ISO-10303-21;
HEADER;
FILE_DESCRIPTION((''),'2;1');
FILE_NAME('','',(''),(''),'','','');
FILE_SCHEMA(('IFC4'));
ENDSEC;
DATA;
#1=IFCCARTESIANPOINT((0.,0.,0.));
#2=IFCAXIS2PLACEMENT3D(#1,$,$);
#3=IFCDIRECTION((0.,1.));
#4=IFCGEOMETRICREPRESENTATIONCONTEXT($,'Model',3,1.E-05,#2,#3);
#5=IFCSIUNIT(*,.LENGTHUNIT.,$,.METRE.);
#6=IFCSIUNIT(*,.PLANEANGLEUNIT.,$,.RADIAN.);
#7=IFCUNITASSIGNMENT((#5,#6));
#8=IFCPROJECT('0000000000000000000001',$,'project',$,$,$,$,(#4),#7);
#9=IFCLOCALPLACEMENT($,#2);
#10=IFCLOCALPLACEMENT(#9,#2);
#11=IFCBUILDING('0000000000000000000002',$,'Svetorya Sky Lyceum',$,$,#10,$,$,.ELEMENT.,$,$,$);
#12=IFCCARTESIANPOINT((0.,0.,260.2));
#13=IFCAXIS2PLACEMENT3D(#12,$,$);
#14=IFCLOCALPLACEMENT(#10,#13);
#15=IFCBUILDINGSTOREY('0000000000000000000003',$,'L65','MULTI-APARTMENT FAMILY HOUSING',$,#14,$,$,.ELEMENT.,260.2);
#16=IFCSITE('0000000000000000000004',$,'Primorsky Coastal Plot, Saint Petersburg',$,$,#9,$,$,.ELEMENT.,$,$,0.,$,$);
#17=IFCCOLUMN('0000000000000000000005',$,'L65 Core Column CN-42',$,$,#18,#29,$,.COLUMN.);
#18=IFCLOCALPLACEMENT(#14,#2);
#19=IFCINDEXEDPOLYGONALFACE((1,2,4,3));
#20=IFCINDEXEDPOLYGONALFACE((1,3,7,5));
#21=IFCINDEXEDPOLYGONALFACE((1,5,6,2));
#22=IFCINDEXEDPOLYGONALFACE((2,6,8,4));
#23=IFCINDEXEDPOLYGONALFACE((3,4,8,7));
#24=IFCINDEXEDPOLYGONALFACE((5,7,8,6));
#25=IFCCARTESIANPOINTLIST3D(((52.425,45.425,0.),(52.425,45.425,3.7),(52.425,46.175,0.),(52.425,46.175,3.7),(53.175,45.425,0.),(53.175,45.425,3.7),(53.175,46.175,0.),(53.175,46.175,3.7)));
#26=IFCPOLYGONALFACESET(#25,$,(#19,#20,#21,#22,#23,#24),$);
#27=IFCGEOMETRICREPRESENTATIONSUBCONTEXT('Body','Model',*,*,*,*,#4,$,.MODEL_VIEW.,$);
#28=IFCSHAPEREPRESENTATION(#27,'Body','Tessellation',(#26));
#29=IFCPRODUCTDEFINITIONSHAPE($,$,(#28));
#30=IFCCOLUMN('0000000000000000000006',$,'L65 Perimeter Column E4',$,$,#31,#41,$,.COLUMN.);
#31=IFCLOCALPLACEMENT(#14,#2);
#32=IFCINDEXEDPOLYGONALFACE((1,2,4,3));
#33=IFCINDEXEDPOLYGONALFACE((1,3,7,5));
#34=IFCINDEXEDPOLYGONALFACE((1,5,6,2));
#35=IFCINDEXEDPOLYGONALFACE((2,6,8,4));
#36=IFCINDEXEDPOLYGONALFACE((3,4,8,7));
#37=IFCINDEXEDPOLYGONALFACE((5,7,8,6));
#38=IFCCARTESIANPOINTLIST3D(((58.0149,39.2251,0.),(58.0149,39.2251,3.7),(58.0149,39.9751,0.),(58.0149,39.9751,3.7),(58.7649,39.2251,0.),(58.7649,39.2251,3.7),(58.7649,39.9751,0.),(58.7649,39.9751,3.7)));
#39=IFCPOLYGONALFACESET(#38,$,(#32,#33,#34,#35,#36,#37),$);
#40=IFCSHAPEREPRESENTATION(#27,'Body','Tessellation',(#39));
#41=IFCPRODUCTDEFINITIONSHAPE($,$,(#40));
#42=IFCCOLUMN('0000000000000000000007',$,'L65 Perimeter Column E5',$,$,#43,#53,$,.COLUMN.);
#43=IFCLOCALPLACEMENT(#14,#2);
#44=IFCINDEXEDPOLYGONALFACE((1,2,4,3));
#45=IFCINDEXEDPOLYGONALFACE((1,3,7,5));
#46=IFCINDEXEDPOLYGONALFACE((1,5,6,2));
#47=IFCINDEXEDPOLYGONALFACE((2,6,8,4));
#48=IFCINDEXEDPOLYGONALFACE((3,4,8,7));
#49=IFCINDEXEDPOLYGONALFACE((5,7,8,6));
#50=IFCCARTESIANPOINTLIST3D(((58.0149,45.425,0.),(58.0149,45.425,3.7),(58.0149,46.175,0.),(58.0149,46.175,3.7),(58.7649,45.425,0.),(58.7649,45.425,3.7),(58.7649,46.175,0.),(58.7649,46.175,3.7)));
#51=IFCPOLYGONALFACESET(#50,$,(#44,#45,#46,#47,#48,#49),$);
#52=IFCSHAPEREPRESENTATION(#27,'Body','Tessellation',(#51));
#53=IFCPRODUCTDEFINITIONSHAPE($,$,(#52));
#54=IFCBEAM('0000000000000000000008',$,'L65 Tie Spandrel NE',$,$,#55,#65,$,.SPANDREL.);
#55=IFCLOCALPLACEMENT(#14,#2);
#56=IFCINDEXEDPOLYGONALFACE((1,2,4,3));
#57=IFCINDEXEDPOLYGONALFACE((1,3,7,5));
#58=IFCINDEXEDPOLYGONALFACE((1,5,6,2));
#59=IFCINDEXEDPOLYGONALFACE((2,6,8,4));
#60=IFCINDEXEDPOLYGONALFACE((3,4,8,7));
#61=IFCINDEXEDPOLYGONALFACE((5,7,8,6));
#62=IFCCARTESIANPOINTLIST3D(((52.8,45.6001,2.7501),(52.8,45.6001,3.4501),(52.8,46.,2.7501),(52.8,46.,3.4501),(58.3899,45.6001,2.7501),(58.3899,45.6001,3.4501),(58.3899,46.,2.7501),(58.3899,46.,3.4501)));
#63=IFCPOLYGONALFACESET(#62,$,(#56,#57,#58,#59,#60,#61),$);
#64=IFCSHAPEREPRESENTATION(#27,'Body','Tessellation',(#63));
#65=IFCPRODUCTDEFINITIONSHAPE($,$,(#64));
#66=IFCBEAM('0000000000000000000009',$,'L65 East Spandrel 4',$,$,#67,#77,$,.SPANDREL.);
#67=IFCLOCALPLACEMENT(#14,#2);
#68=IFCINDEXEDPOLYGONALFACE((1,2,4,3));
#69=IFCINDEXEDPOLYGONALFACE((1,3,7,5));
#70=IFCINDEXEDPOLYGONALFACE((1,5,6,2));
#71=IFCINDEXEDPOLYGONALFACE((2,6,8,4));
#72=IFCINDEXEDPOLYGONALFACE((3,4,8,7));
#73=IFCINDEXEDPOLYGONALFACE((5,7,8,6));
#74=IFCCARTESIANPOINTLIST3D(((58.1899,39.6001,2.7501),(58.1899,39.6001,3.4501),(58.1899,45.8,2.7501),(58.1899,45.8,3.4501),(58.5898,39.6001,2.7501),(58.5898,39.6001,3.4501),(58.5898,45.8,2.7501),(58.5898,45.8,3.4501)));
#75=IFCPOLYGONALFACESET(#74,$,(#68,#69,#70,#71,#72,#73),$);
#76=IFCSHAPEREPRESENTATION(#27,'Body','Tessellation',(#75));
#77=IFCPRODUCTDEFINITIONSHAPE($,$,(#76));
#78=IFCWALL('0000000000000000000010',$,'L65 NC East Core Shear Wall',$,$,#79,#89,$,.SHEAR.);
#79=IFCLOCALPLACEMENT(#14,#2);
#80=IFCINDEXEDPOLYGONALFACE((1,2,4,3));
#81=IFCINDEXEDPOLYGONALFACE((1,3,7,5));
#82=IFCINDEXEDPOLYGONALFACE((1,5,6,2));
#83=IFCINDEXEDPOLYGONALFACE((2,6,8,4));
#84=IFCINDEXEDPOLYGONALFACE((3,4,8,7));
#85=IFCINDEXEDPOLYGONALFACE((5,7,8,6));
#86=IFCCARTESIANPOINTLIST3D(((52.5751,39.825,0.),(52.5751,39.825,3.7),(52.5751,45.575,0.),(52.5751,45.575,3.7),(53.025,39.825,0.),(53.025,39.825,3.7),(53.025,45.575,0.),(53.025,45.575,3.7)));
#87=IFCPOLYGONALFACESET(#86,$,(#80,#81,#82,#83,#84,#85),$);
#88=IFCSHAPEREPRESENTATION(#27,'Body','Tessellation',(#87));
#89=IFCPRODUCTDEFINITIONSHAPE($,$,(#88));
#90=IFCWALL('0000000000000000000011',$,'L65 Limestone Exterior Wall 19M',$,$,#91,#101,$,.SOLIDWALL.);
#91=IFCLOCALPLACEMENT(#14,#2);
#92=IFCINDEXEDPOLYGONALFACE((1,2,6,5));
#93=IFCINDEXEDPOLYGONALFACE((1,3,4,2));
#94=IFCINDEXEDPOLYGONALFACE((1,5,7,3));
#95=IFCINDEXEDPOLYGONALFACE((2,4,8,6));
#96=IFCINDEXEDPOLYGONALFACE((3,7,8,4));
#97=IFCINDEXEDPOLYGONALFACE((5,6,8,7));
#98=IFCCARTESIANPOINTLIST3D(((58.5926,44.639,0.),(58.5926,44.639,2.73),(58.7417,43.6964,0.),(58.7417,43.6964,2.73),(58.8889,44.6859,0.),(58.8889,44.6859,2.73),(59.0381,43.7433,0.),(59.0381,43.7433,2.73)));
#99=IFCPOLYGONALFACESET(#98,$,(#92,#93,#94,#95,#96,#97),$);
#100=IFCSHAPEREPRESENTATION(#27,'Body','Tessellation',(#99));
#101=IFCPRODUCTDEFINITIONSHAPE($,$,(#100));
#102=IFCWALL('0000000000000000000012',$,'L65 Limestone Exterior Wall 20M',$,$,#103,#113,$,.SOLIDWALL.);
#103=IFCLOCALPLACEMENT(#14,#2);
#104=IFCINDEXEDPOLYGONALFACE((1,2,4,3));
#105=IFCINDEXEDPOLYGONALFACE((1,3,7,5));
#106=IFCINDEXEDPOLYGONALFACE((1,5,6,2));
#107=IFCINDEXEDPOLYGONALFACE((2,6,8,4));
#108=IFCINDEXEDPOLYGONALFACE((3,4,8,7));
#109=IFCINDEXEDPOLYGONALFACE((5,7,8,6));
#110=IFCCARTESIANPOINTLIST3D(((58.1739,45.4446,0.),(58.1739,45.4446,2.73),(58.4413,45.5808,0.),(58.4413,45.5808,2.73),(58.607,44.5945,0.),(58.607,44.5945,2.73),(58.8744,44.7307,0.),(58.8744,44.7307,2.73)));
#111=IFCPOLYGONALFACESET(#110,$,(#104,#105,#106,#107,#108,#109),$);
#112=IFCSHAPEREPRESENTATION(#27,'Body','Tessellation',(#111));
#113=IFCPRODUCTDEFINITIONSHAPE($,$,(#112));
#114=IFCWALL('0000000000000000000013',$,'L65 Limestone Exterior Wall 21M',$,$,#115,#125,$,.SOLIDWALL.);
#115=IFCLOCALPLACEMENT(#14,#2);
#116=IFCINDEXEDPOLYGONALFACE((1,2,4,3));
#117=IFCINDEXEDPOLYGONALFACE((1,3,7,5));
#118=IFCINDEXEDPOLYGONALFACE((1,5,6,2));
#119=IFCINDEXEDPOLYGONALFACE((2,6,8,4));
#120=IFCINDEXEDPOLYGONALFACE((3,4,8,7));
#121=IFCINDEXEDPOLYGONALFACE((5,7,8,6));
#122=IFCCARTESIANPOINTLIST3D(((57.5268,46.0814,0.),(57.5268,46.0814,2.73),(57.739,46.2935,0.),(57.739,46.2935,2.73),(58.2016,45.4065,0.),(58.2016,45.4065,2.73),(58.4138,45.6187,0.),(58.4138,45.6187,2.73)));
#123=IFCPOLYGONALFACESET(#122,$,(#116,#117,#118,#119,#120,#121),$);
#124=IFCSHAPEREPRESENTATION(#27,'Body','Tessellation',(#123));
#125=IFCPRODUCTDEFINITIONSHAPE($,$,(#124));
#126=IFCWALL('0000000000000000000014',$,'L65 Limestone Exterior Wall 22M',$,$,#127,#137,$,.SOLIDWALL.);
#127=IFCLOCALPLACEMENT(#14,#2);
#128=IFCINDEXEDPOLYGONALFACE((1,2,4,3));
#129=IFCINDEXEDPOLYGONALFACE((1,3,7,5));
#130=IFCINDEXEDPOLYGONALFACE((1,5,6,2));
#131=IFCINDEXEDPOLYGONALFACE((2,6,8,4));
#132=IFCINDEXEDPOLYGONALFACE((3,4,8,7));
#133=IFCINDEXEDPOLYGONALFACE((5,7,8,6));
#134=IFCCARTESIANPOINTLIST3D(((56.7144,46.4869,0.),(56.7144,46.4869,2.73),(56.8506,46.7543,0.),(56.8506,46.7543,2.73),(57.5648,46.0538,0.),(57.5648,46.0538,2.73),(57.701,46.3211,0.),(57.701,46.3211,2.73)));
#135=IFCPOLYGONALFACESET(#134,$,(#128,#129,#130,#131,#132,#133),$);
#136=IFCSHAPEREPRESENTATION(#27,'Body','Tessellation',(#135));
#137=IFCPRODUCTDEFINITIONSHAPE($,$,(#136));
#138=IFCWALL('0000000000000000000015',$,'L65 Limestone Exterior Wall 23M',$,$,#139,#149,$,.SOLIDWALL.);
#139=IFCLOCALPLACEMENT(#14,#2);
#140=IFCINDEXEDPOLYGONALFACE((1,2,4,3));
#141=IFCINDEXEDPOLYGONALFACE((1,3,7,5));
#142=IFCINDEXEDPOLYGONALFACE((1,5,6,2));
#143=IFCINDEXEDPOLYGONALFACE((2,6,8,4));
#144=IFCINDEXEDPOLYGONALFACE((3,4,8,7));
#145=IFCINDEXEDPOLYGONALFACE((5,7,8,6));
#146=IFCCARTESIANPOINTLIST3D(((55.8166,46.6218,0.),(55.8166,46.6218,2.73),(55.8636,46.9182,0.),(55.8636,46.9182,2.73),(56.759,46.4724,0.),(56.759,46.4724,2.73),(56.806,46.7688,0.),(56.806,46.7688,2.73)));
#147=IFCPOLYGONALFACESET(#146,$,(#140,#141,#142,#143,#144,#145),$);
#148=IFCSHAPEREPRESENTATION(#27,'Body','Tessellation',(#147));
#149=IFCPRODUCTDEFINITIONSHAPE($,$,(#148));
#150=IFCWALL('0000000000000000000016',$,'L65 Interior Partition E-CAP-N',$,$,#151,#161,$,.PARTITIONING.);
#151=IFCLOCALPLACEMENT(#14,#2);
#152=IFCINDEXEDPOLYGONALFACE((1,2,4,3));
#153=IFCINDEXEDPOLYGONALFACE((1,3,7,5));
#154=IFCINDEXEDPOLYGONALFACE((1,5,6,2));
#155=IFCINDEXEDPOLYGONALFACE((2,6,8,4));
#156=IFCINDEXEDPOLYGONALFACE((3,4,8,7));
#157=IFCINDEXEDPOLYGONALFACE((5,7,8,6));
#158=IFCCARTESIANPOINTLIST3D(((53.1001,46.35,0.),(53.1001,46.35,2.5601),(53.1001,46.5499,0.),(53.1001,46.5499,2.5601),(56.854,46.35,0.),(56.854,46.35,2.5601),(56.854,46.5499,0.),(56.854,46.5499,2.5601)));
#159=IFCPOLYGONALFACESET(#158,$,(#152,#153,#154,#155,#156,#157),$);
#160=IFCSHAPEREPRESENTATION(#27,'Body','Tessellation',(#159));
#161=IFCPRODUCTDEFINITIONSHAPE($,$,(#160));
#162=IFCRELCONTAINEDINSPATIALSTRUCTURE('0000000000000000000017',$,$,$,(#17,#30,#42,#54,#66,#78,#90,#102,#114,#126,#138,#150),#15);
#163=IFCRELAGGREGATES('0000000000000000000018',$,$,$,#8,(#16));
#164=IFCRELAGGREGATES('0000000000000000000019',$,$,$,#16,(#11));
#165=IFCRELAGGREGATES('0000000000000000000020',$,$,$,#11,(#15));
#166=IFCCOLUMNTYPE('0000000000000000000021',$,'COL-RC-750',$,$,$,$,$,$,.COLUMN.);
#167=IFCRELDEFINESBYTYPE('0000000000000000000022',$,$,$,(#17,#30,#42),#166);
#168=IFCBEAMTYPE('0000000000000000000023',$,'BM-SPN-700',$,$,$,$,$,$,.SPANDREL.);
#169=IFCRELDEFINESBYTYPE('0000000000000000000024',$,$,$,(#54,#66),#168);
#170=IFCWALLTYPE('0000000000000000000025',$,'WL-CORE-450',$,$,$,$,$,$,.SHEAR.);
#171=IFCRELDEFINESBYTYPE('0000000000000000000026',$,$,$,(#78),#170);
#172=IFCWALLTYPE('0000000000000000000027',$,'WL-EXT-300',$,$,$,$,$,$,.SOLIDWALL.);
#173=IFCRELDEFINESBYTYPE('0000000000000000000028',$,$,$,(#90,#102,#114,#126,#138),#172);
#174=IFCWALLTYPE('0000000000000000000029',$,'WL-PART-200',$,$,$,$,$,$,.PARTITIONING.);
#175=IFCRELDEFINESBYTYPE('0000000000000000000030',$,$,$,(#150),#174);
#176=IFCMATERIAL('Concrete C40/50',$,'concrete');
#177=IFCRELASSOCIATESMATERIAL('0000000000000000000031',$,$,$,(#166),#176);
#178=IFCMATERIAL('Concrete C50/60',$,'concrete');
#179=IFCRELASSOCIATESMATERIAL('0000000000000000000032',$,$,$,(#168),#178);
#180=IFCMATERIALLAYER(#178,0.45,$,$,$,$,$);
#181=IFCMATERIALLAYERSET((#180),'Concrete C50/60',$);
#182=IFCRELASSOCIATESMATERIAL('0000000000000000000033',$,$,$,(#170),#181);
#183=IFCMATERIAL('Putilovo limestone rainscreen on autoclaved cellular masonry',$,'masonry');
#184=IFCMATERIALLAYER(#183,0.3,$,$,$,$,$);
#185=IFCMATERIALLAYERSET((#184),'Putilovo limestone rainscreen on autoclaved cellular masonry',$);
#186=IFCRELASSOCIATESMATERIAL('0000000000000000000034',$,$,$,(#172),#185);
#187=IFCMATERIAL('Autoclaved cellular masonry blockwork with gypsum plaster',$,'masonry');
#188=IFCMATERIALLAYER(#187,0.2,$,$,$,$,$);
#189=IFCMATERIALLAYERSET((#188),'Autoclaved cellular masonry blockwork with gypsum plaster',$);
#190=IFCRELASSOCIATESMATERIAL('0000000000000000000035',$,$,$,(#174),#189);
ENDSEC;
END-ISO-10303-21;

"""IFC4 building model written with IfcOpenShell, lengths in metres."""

from ifc_helpers import new_model, si_unit, direction, frame, frame_2d, origin, origin_2d, place, context, subcontext, project, spatial, rectangle, extrude, material, layer, layer_set, material_profile, profile_set, type_object, element, save


model = new_model("IFC4")

# Units and contexts
model_context = context("Model", 3, precision=1e-05, world=origin(), true_north=direction((0.0, 1.0)))
body_context = subcontext(model_context, "Body", "Model", "MODEL_VIEW")
ifc_project = project(units=[si_unit("LENGTHUNIT", "METRE"), si_unit("PLANEANGLEUNIT", "RADIAN")], contexts=[model_context])

# Site, building, storey
site_placement = place(None, origin())
site = spatial("IfcSite", under=ifc_project, at=site_placement, Name="Primorsky Coastal Plot, Saint Petersburg", CompositionType="ELEMENT", RefElevation=0.0)
building_placement = place(site_placement, origin())
building = spatial("IfcBuilding", under=site, at=building_placement, Name="Svetorya Sky Lyceum", CompositionType="ELEMENT")
storey_placement = place(building_placement, frame((0.0, 0.0, 260.2)))
storey = spatial("IfcBuildingStorey", under=building, at=storey_placement, Name="L65", Description="MULTI-APARTMENT FAMILY HOUSING", CompositionType="ELEMENT", Elevation=260.2)

# Columns
ifc_material_1 = material(Name="Concrete C40/50", Category="concrete")
ifc_material_profile_1 = material_profile(ifc_material_1, rectangle(XDim=0.75, YDim=0.75, at=origin_2d()), Name="RC COL 750x750")
ifc_profile_set_1 = profile_set([ifc_material_profile_1], Name="Concrete C40/50")
column_type = type_object("IfcColumnType", Name="COL-RC-750", PredefinedType="COLUMN", material=ifc_profile_set_1)
for number, where, z_axis, x_axis, name in (
    (1, (52.8, 45.8, 0.0), (0.0, 0.0, 1.0), (1.0, 0.0, 0.0), "L65 Core Column CN-42"),
    (2, (58.3899, 39.6001, 0.0), (0.0, 0.0, 1.0), (1.0, 0.0, 0.0), "L65 Perimeter Column E4"),
    (3, (58.3899, 45.8, 0.0), (0.0, 0.0, 1.0), (1.0, 0.0, 0.0), "L65 Perimeter Column E5"),
):
    element("IfcColumn", number, at=place(storey_placement, frame(where, z_axis=z_axis, x_axis=x_axis)), inside=storey, type_object=column_type, Name=name, PredefinedType="COLUMN", context=body_context, shape_type="SweptSolid", body=[
        extrude(rectangle(XDim=0.75, YDim=0.75, at=origin_2d()), origin(), (0.0, 0.0, 1.0), 3.7),
    ])

# Beams
ifc_material_2 = material(Name="Concrete C50/60", Category="concrete")
ifc_material_profile_2 = material_profile(ifc_material_2, rectangle(XDim=0.3999, YDim=0.7, at=origin_2d()), Name="RC SPANDREL 400x700")
ifc_profile_set_2 = profile_set([ifc_material_profile_2], Name="Concrete C50/60")
beam_type = type_object("IfcBeamType", Name="BM-SPN-700", PredefinedType="SPANDREL", material=ifc_profile_set_2)
beam_1_placement = place(storey_placement, frame((52.8, 45.8, 3.1001), z_axis=(1.0, 0.0, 0.0), x_axis=(0.0, 1.0, 0.0)))
element("IfcBeam", 4, at=beam_1_placement, inside=storey, type_object=beam_type, Name="L65 Tie Spandrel NE", PredefinedType="SPANDREL", context=body_context, shape_type="SweptSolid", body=[
    extrude(rectangle(XDim=0.3999, YDim=0.7, at=origin_2d()), origin(), (0.0, 0.0, 1.0), 5.5898),
])
beam_2_placement = place(storey_placement, frame((58.3899, 39.6001, 3.1001), z_axis=(0.0, 1.0, 0.0), x_axis=(-1.0, 0.0, 0.0)))
element("IfcBeam", 5, at=beam_2_placement, inside=storey, type_object=beam_type, Name="L65 East Spandrel 4", PredefinedType="SPANDREL", context=body_context, shape_type="SweptSolid", body=[
    extrude(rectangle(XDim=0.3999, YDim=0.7, at=origin_2d()), origin(), (0.0, 0.0, 1.0), 6.2),
])

# Walls
ifc_layer_1 = layer(ifc_material_2, 0.45)
ifc_layer_set_1 = layer_set([ifc_layer_1], Name="Concrete C50/60")
wall_type_1 = type_object("IfcWallType", Name="WL-CORE-450", PredefinedType="SHEAR", material=ifc_layer_set_1)
wall_1_placement = place(storey_placement, frame((52.8, 39.825, 0.0), z_axis=(0.0, 0.0, 1.0), x_axis=(0.0, 1.0, 0.0)))
element("IfcWall", 6, at=wall_1_placement, inside=storey, type_object=wall_type_1, Name="L65 NC East Core Shear Wall", PredefinedType="SHEAR", context=body_context, shape_type="SweptSolid", body=[
    extrude(rectangle(XDim=5.75, YDim=0.45, at=frame_2d((2.875, 0.0))), origin(), (0.0, 0.0, 1.0), 3.7),
])
ifc_material_3 = material(Name="Putilovo limestone rainscreen on autoclaved cellular masonry", Category="masonry")
ifc_layer_2 = layer(ifc_material_3, 0.3)
ifc_layer_set_2 = layer_set([ifc_layer_2], Name="Putilovo limestone rainscreen on autoclaved cellular masonry")
wall_type_2 = type_object("IfcWallType", Name="WL-EXT-300", PredefinedType="SOLIDWALL", material=ifc_layer_set_2)
wall_2_placement = place(storey_placement, frame((58.8899, 43.72, 0.0), z_axis=(0.0, 0.0, 1.0), x_axis=(-0.156304, 0.987709, 0.0)))
element("IfcWall", 7, at=wall_2_placement, inside=storey, type_object=wall_type_2, Name="L65 Limestone Exterior Wall 19M", PredefinedType="SOLIDWALL", context=body_context, shape_type="SweptSolid", body=[
    extrude(rectangle(XDim=0.9543, YDim=0.3, at=frame_2d((0.4771, 0.0))), origin(), (0.0, 0.0, 1.0), 2.73),
])
wall_3_placement = place(storey_placement, frame((58.7407, 44.6626, 0.0), z_axis=(0.0, 0.0, 1.0), x_axis=(-0.453956, 0.891024, 0.0)))
element("IfcWall", 8, at=wall_3_placement, inside=storey, type_object=wall_type_2, Name="L65 Limestone Exterior Wall 20M", PredefinedType="SOLIDWALL", context=body_context, shape_type="SweptSolid", body=[
    extrude(rectangle(XDim=0.9541, YDim=0.3, at=frame_2d((0.4771, 0.0))), origin(), (0.0, 0.0, 1.0), 2.73),
])
for number, where, z_axis, x_axis, name in (
    (9, (58.3076, 45.5127, 0.0), (0.0, 0.0, 1.0), (-0.707107, 0.707107, 0.0), "L65 Limestone Exterior Wall 21M"),
    (10, (57.6328, 46.1875, 0.0), (0.0, 0.0, 1.0), (-0.891077, 0.453853, 0.0), "L65 Limestone Exterior Wall 22M"),
):
    element("IfcWall", number, at=place(storey_placement, frame(where, z_axis=z_axis, x_axis=x_axis)), inside=storey, type_object=wall_type_2, Name=name, PredefinedType="SOLIDWALL", context=body_context, shape_type="SweptSolid", body=[
        extrude(rectangle(XDim=0.9543, YDim=0.3, at=frame_2d((0.4771, 0.0))), origin(), (0.0, 0.0, 1.0), 2.73),
    ])
wall_4_placement = place(storey_placement, frame((56.7825, 46.6206, 0.0), z_axis=(0.0, 0.0, 1.0), x_axis=(-0.987663, 0.156593, 0.0)))
element("IfcWall", 11, at=wall_4_placement, inside=storey, type_object=wall_type_2, Name="L65 Limestone Exterior Wall 23M", PredefinedType="SOLIDWALL", context=body_context, shape_type="SweptSolid", body=[
    extrude(rectangle(XDim=0.9541, YDim=0.3, at=frame_2d((0.4771, 0.0))), origin(), (0.0, 0.0, 1.0), 2.73),
])

# Wall
ifc_material_4 = material(Name="Autoclaved cellular masonry blockwork with gypsum plaster", Category="masonry")
ifc_layer_3 = layer(ifc_material_4, 0.2)
ifc_layer_set_3 = layer_set([ifc_layer_3], Name="Autoclaved cellular masonry blockwork with gypsum plaster")
wall_type_3 = type_object("IfcWallType", Name="WL-PART-200", PredefinedType="PARTITIONING", material=ifc_layer_set_3)
wall_5_placement = place(storey_placement, frame((53.1001, 46.45, 0.0), z_axis=(0.0, 0.0, 1.0), x_axis=(1.0, 0.0, 0.0)))
element("IfcWall", 12, at=wall_5_placement, inside=storey, type_object=wall_type_3, Name="L65 Interior Partition E-CAP-N", PredefinedType="PARTITIONING", context=body_context, shape_type="SweptSolid", body=[
    extrude(rectangle(XDim=3.7539, YDim=0.2, at=frame_2d((1.877, 0.0))), origin(), (0.0, 0.0, 1.0), 2.5601),
])

save(model, "model.ifc")
